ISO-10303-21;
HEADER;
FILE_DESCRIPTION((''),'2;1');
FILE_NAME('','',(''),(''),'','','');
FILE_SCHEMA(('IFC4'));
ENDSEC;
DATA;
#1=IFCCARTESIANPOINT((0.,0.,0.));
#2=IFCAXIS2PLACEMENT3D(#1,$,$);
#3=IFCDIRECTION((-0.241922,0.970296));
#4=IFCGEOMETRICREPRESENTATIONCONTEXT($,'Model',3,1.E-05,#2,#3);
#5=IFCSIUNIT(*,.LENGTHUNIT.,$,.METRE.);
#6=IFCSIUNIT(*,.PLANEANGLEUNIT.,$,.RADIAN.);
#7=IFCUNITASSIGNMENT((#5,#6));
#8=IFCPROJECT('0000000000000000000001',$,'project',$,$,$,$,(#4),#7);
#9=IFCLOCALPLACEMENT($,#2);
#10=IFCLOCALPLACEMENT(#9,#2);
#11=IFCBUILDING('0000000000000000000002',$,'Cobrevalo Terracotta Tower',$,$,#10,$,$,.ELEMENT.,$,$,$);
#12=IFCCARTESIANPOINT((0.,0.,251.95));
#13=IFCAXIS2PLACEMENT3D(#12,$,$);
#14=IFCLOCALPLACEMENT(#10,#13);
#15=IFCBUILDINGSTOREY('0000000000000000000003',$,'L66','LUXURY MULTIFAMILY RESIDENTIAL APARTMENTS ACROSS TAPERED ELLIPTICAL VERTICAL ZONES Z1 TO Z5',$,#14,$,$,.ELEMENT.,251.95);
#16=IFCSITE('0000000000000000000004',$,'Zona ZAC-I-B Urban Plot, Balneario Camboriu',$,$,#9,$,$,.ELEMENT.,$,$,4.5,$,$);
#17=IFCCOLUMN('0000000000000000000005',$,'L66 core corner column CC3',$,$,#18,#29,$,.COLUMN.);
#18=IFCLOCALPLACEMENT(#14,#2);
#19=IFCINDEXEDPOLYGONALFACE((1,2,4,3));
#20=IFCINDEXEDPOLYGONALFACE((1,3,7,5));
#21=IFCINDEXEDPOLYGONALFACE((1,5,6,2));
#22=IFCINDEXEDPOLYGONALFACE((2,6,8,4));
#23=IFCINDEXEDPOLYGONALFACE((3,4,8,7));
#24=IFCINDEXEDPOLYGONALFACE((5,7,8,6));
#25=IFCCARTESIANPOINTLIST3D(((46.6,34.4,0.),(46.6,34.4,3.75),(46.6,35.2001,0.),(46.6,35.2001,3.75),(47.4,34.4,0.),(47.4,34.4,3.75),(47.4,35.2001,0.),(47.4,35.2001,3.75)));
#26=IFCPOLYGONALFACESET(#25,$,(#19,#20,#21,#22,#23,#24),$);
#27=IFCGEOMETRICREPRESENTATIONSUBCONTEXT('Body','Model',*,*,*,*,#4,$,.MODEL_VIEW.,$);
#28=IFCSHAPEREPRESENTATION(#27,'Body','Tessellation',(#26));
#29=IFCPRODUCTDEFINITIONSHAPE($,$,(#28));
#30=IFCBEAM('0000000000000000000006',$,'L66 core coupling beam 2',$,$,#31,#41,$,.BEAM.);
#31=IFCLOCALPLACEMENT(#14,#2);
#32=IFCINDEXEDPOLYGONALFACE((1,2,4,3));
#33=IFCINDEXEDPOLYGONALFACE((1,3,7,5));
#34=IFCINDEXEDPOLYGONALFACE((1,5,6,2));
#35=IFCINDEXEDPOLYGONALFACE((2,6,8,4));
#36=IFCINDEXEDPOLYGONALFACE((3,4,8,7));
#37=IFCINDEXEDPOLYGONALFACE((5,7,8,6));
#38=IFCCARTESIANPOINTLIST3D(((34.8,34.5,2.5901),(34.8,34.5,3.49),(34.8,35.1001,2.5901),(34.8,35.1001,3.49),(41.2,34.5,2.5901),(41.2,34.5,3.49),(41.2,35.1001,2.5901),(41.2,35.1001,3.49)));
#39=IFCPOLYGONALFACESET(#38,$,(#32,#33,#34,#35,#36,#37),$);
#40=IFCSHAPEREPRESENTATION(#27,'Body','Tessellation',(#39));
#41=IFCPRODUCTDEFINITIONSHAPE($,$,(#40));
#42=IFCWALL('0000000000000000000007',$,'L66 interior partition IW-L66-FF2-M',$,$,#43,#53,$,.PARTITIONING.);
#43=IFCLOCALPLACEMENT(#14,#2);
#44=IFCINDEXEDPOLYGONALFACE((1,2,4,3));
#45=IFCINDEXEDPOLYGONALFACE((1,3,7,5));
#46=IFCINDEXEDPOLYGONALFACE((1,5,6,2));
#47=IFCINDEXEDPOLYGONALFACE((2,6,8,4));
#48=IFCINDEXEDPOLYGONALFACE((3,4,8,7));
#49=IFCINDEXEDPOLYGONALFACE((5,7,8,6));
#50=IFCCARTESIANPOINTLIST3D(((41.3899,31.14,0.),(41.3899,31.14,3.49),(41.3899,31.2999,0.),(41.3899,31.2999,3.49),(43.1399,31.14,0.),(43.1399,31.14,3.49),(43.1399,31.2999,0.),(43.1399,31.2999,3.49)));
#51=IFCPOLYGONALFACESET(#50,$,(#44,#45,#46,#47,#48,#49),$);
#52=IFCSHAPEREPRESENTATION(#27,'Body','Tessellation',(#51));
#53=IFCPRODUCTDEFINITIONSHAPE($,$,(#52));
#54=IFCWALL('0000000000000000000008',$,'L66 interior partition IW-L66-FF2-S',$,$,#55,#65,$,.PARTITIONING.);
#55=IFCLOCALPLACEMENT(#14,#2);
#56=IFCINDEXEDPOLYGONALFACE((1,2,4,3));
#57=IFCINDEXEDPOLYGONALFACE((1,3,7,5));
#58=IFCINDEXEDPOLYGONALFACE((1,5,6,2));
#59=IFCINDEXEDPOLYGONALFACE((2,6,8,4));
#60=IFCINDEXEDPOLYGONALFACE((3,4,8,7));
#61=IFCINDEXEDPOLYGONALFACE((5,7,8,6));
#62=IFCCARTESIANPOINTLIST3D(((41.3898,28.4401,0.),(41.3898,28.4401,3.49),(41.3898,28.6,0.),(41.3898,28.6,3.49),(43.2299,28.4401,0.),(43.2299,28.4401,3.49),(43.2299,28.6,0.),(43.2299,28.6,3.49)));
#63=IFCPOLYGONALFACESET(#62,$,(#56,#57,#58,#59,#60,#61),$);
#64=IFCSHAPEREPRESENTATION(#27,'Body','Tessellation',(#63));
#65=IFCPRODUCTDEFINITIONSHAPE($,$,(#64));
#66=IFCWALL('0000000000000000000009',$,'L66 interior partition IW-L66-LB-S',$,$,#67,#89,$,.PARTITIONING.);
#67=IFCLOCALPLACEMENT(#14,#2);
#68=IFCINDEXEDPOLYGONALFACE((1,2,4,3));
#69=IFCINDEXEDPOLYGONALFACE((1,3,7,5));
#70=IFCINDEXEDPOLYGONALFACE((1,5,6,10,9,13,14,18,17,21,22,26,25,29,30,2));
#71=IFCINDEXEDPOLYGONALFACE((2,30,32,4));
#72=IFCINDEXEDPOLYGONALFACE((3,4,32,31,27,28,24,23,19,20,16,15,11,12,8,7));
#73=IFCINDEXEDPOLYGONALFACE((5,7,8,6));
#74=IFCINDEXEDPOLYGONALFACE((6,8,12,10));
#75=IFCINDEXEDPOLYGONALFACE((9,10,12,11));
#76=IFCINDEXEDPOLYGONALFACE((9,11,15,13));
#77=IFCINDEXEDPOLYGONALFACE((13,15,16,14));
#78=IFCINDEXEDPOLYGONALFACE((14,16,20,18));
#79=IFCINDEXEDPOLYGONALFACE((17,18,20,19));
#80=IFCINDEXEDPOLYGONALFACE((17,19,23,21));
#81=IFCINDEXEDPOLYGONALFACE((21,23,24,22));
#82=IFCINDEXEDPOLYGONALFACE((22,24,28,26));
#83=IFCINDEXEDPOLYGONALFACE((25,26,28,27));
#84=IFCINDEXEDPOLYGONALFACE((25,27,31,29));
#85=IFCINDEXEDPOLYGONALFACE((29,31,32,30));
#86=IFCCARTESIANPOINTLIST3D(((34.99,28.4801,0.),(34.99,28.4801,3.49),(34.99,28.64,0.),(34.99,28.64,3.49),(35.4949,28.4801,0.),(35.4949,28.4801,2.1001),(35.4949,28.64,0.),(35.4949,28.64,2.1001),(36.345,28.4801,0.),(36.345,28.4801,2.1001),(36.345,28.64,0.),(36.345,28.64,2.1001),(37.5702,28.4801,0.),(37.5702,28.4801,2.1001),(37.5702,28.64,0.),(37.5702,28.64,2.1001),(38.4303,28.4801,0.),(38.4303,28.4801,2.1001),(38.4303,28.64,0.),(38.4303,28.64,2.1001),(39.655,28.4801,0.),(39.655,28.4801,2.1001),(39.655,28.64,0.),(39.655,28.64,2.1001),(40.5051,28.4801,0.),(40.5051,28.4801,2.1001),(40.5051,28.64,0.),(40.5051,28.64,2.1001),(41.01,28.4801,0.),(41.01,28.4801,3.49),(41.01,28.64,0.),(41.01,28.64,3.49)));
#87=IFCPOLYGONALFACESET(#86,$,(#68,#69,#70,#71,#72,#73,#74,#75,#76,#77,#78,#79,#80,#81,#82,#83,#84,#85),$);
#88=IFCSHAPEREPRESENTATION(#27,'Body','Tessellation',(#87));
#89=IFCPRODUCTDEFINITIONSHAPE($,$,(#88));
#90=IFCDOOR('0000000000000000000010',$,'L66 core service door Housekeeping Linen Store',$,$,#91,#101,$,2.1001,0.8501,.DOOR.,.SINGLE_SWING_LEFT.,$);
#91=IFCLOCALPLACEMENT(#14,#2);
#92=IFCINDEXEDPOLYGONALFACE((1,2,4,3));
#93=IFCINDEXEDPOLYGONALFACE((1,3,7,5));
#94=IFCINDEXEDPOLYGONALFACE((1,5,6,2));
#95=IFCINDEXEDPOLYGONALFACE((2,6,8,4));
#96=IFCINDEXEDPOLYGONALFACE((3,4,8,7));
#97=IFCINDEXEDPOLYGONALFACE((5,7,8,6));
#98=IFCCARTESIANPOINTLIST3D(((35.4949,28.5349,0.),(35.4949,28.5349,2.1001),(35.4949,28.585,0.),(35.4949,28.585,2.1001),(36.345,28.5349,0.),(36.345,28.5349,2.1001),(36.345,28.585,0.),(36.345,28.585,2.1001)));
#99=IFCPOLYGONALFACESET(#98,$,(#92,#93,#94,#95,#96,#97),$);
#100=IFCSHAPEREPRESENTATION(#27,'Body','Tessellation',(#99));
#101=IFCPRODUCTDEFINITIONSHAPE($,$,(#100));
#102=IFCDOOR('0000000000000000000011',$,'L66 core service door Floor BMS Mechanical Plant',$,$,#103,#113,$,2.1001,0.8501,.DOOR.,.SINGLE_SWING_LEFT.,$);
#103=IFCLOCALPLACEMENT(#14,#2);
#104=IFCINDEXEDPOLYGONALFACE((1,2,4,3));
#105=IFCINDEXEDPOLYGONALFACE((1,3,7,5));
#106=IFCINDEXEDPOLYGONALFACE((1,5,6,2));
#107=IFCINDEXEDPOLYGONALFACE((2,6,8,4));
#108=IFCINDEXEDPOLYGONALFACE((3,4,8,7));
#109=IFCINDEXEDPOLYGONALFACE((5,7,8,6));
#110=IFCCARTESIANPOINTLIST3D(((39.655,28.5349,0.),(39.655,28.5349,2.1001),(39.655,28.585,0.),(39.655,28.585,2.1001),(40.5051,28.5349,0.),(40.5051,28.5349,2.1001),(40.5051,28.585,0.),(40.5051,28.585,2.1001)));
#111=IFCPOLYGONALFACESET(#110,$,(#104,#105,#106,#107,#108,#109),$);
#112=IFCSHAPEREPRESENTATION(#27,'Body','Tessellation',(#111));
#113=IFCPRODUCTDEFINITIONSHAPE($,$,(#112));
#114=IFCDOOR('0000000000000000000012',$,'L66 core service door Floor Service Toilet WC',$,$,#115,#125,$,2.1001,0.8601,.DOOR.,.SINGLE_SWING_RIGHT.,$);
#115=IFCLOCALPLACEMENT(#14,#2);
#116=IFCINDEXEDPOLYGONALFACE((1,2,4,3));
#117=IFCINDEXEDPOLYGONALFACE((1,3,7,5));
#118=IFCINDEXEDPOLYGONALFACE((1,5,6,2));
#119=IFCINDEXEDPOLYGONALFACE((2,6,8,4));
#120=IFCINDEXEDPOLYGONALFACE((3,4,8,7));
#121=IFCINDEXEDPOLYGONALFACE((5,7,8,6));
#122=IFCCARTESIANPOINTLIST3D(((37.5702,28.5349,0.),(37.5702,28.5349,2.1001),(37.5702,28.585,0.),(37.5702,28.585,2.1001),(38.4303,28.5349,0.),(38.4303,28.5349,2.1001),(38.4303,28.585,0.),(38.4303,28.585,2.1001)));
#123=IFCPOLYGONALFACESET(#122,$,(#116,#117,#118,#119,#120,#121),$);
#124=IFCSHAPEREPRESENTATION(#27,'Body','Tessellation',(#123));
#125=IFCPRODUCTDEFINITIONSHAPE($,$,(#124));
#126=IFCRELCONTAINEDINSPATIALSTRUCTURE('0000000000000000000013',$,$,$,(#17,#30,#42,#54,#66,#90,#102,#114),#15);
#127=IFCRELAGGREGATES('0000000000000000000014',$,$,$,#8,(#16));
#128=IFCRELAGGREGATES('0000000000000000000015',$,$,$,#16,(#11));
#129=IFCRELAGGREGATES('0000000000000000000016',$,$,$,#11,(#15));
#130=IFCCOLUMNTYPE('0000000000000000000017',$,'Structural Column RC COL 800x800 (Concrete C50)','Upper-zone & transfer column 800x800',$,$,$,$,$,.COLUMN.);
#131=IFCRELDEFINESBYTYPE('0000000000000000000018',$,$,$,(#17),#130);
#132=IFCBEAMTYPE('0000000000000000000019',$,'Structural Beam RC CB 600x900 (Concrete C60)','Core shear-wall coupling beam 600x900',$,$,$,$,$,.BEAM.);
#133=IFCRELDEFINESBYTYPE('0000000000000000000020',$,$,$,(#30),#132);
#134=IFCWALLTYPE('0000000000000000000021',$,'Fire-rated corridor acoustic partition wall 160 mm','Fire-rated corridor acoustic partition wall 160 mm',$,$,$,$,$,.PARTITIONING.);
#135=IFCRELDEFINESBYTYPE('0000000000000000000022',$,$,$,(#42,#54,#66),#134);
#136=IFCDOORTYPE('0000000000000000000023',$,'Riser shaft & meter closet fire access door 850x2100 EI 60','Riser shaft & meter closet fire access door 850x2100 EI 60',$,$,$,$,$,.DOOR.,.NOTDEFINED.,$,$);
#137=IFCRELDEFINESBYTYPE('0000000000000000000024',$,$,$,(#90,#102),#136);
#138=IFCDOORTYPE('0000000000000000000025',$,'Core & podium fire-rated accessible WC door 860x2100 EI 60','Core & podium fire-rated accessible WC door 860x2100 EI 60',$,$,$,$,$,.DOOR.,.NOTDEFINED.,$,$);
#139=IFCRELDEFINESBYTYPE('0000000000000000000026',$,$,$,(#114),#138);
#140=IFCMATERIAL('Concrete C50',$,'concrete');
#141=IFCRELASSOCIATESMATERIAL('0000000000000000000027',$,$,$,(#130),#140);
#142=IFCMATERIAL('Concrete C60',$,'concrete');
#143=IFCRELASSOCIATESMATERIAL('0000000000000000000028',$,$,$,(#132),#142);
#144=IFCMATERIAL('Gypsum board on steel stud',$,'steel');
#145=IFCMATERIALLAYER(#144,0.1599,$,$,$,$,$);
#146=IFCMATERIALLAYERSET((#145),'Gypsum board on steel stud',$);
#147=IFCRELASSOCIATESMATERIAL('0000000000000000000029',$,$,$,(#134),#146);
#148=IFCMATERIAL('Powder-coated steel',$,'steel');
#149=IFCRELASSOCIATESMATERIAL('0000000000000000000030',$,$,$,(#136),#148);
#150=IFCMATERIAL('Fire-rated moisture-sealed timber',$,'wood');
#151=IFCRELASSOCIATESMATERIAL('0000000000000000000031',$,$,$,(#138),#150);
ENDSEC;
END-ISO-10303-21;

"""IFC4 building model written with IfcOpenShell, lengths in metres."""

from ifc_helpers import new_model, si_unit, direction, frame, frame_2d, origin, origin_2d, place, context, subcontext, project, spatial, rectangle, extrude, source, transform, mapped, material, layer, layer_set, material_profile, profile_set, type_object, element, fill, save


model = new_model("IFC4")

# Units and contexts
model_context = context("Model", 3, precision=1e-05, world=origin(), true_north=direction((-0.241922, 0.970296)))
body_context = subcontext(model_context, "Body", "Model", "MODEL_VIEW")
ifc_project = project(units=[si_unit("LENGTHUNIT", "METRE"), si_unit("PLANEANGLEUNIT", "RADIAN")], contexts=[model_context])

# Site, building, storey
site_placement = place(None, origin())
site = spatial("IfcSite", under=ifc_project, at=site_placement, Name="Zona ZAC-I-B Urban Plot, Balneario Camboriu", CompositionType="ELEMENT", RefElevation=4.5)
building_placement = place(site_placement, origin())
building = spatial("IfcBuilding", under=site, at=building_placement, Name="Cobrevalo Terracotta Tower", CompositionType="ELEMENT")
storey_placement = place(building_placement, frame((0.0, 0.0, 251.95)))
storey = spatial("IfcBuildingStorey", under=building, at=storey_placement, Name="L66", Description="LUXURY MULTIFAMILY RESIDENTIAL APARTMENTS ACROSS TAPERED ELLIPTICAL VERTICAL ZONES Z1 TO Z5", CompositionType="ELEMENT", Elevation=251.95)

# Column
ifc_material_1 = material(Name="Concrete C50", Category="concrete")
ifc_material_profile_1 = material_profile(ifc_material_1, rectangle(XDim=0.8, YDim=0.8, at=origin_2d()), Name="RC COL 800x800")
ifc_profile_set_1 = profile_set([ifc_material_profile_1], Name="Concrete C50")
column_type = type_object("IfcColumnType", Name="Structural Column RC COL 800x800 (Concrete C50)", Description="Upper-zone & transfer column 800x800", PredefinedType="COLUMN", material=ifc_profile_set_1)
column_placement = place(storey_placement, frame((47.0, 34.8, 0.0), z_axis=(0.0, 0.0, 1.0), x_axis=(1.0, 0.0, 0.0)))
element("IfcColumn", 1, at=column_placement, inside=storey, type_object=column_type, Name="L66 core corner column CC3", PredefinedType="COLUMN", context=body_context, shape_type="SweptSolid", body=[
    extrude(rectangle(XDim=0.8, YDim=0.8, at=origin_2d()), origin(), (0.0, 0.0, 1.0), 3.75),
])

# Beam
ifc_material_2 = material(Name="Concrete C60", Category="concrete")
ifc_material_profile_2 = material_profile(ifc_material_2, rectangle(XDim=0.6001, YDim=0.8999, at=origin_2d()), Name="RC CB 600x900")
ifc_profile_set_2 = profile_set([ifc_material_profile_2], Name="Concrete C60")
beam_type = type_object("IfcBeamType", Name="Structural Beam RC CB 600x900 (Concrete C60)", Description="Core shear-wall coupling beam 600x900", PredefinedType="BEAM", material=ifc_profile_set_2)
beam_placement = place(storey_placement, frame((34.8, 34.8, 3.04), z_axis=(1.0, 0.0, 0.0), x_axis=(0.0, 1.0, 0.0)))
element("IfcBeam", 2, at=beam_placement, inside=storey, type_object=beam_type, Name="L66 core coupling beam 2", PredefinedType="BEAM", context=body_context, shape_type="SweptSolid", body=[
    extrude(rectangle(XDim=0.6001, YDim=0.8999, at=origin_2d()), origin(), (0.0, 0.0, 1.0), 6.3999),
])

# Walls
ifc_material_3 = material(Name="Gypsum board on steel stud", Category="steel")
ifc_layer_1 = layer(ifc_material_3, 0.1599)
ifc_layer_set_1 = layer_set([ifc_layer_1], Name="Gypsum board on steel stud")
wall_type_1 = type_object("IfcWallType", Name="Fire-rated corridor acoustic partition wall 160 mm", Description="Fire-rated corridor acoustic partition wall 160 mm", PredefinedType="PARTITIONING", material=ifc_layer_set_1)
wall_1_placement = place(storey_placement, frame((41.3899, 31.22, 0.0), z_axis=(0.0, 0.0, 1.0), x_axis=(1.0, 0.0, 0.0)))
element("IfcWall", 3, at=wall_1_placement, inside=storey, type_object=wall_type_1, Name="L66 interior partition IW-L66-FF2-M", PredefinedType="PARTITIONING", context=body_context, shape_type="SweptSolid", body=[
    extrude(rectangle(XDim=1.75, YDim=0.1599, at=frame_2d((0.875, 0.0))), origin(), (0.0, 0.0, 1.0), 3.49),
])
wall_2_placement = place(storey_placement, frame((41.3899, 28.52, 0.0), z_axis=(0.0, 0.0, 1.0), x_axis=(1.0, 0.0, 0.0)))
element("IfcWall", 4, at=wall_2_placement, inside=storey, type_object=wall_type_1, Name="L66 interior partition IW-L66-FF2-S", PredefinedType="PARTITIONING", context=body_context, shape_type="SweptSolid", body=[
    extrude(rectangle(XDim=1.8401, YDim=0.1599, at=frame_2d((0.9199, 0.0))), origin(), (0.0, 0.0, 1.0), 3.49),
])

# Wall, openings, doors
wall_3_placement = place(storey_placement, frame((34.99, 28.5601, 0.0), z_axis=(0.0, 0.0, 1.0), x_axis=(1.0, 0.0, 0.0)))
wall_3 = element("IfcWall", 5, at=wall_3_placement, inside=storey, type_object=wall_type_1, Name="L66 interior partition IW-L66-LB-S", PredefinedType="PARTITIONING", context=body_context, shape_type="SweptSolid", body=[
    extrude(rectangle(XDim=6.02, YDim=0.1599, at=frame_2d((3.01, 0.0))), origin(), (0.0, 0.0, 1.0), 3.49),
])
opening_1_placement = place(wall_3_placement, frame((0.5049, 0.0, 0.0)))
opening_1 = element("IfcOpeningElement", 6, at=opening_1_placement, cuts=wall_3, PredefinedType="OPENING", context=body_context, shape_type="SweptSolid", body=[
    extrude(rectangle(XDim=0.8501, YDim=2.1001, at=frame_2d((0.425, 1.05))), frame((0.0, 0.0898, 0.0), z_axis=(0.0, -1.0, 0.0), x_axis=(1.0, 0.0, 0.0)), (0.0, 0.0, 1.0), 0.1799),
])
opening_2_placement = place(wall_3_placement, frame((2.5801, 0.0, 0.0)))
opening_2 = element("IfcOpeningElement", 7, at=opening_2_placement, cuts=wall_3, PredefinedType="OPENING", context=body_context, shape_type="SweptSolid", body=[
    extrude(rectangle(XDim=0.8601, YDim=2.1001, at=frame_2d((0.4302, 1.05))), frame((0.0, 0.0898, 0.0), z_axis=(0.0, -1.0, 0.0), x_axis=(1.0, 0.0, 0.0)), (0.0, 0.0, 1.0), 0.1799),
])
opening_3_placement = place(wall_3_placement, frame((4.665, 0.0, 0.0)))
opening_3 = element("IfcOpeningElement", 8, at=opening_3_placement, cuts=wall_3, PredefinedType="OPENING", context=body_context, shape_type="SweptSolid", body=[
    extrude(rectangle(XDim=0.8501, YDim=2.1001, at=frame_2d((0.425, 1.05))), frame((0.0, 0.0898, 0.0), z_axis=(0.0, -1.0, 0.0), x_axis=(1.0, 0.0, 0.0)), (0.0, 0.0, 1.0), 0.1799),
])
ifc_material_4 = material(Name="Powder-coated steel", Category="steel")
door_type_1 = type_object("IfcDoorType", Name="Riser shaft & meter closet fire access door 850x2100 EI 60", Description="Riser shaft & meter closet fire access door 850x2100 EI 60", OperationType="NOTDEFINED", PredefinedType="DOOR", material=ifc_material_4)
shared_shape_1 = source(origin(), body_context, "Body", "SweptSolid", [
    extrude(rectangle(XDim=0.8501, YDim=2.1001, at=frame_2d((0.425, 1.05))), frame((0.0, 0.0249, 0.0), z_axis=(0.0, -1.0, 0.0), x_axis=(1.0, 0.0, 0.0)), (0.0, 0.0, 1.0), 0.05),
])
door_1_placement = place(opening_1_placement, origin())
door_1 = element("IfcDoor", 9, at=door_1_placement, inside=storey, type_object=door_type_1, Name="L66 core service door Housekeeping Linen Store", OperationType="SINGLE_SWING_LEFT", OverallHeight=2.1001, OverallWidth=0.8501, PredefinedType="DOOR", context=body_context, shape_type="MappedRepresentation", body=[
    mapped(shared_shape_1, transform((0.0, 0.0, 0.0), scale=1.0)),
])
fill(opening_1, door_1)
door_2_placement = place(opening_3_placement, origin())
door_2 = element("IfcDoor", 10, at=door_2_placement, inside=storey, type_object=door_type_1, Name="L66 core service door Floor BMS Mechanical Plant", OperationType="SINGLE_SWING_LEFT", OverallHeight=2.1001, OverallWidth=0.8501, PredefinedType="DOOR", context=body_context, shape_type="MappedRepresentation", body=[
    mapped(shared_shape_1, transform((0.0, 0.0, 0.0), scale=1.0)),
])
fill(opening_3, door_2)
ifc_material_5 = material(Name="Fire-rated moisture-sealed timber", Category="wood")
door_type_2 = type_object("IfcDoorType", Name="Core & podium fire-rated accessible WC door 860x2100 EI 60", Description="Core & podium fire-rated accessible WC door 860x2100 EI 60", OperationType="NOTDEFINED", PredefinedType="DOOR", material=ifc_material_5)
shared_shape_2 = source(origin(), body_context, "Body", "SweptSolid", [
    extrude(rectangle(XDim=0.8601, YDim=2.1001, at=frame_2d((0.4302, 1.05))), frame((0.0, 0.0249, 0.0), z_axis=(0.0, -1.0, 0.0), x_axis=(1.0, 0.0, 0.0)), (0.0, 0.0, 1.0), 0.05),
])
door_3_placement = place(opening_2_placement, origin())
door_3 = element("IfcDoor", 11, at=door_3_placement, inside=storey, type_object=door_type_2, Name="L66 core service door Floor Service Toilet WC", OperationType="SINGLE_SWING_RIGHT", OverallHeight=2.1001, OverallWidth=0.8601, PredefinedType="DOOR", context=body_context, shape_type="MappedRepresentation", body=[
    mapped(shared_shape_2, transform((0.0, 0.0, 0.0), scale=1.0)),
])
fill(opening_2, door_3)

save(model, "model.ifc")
